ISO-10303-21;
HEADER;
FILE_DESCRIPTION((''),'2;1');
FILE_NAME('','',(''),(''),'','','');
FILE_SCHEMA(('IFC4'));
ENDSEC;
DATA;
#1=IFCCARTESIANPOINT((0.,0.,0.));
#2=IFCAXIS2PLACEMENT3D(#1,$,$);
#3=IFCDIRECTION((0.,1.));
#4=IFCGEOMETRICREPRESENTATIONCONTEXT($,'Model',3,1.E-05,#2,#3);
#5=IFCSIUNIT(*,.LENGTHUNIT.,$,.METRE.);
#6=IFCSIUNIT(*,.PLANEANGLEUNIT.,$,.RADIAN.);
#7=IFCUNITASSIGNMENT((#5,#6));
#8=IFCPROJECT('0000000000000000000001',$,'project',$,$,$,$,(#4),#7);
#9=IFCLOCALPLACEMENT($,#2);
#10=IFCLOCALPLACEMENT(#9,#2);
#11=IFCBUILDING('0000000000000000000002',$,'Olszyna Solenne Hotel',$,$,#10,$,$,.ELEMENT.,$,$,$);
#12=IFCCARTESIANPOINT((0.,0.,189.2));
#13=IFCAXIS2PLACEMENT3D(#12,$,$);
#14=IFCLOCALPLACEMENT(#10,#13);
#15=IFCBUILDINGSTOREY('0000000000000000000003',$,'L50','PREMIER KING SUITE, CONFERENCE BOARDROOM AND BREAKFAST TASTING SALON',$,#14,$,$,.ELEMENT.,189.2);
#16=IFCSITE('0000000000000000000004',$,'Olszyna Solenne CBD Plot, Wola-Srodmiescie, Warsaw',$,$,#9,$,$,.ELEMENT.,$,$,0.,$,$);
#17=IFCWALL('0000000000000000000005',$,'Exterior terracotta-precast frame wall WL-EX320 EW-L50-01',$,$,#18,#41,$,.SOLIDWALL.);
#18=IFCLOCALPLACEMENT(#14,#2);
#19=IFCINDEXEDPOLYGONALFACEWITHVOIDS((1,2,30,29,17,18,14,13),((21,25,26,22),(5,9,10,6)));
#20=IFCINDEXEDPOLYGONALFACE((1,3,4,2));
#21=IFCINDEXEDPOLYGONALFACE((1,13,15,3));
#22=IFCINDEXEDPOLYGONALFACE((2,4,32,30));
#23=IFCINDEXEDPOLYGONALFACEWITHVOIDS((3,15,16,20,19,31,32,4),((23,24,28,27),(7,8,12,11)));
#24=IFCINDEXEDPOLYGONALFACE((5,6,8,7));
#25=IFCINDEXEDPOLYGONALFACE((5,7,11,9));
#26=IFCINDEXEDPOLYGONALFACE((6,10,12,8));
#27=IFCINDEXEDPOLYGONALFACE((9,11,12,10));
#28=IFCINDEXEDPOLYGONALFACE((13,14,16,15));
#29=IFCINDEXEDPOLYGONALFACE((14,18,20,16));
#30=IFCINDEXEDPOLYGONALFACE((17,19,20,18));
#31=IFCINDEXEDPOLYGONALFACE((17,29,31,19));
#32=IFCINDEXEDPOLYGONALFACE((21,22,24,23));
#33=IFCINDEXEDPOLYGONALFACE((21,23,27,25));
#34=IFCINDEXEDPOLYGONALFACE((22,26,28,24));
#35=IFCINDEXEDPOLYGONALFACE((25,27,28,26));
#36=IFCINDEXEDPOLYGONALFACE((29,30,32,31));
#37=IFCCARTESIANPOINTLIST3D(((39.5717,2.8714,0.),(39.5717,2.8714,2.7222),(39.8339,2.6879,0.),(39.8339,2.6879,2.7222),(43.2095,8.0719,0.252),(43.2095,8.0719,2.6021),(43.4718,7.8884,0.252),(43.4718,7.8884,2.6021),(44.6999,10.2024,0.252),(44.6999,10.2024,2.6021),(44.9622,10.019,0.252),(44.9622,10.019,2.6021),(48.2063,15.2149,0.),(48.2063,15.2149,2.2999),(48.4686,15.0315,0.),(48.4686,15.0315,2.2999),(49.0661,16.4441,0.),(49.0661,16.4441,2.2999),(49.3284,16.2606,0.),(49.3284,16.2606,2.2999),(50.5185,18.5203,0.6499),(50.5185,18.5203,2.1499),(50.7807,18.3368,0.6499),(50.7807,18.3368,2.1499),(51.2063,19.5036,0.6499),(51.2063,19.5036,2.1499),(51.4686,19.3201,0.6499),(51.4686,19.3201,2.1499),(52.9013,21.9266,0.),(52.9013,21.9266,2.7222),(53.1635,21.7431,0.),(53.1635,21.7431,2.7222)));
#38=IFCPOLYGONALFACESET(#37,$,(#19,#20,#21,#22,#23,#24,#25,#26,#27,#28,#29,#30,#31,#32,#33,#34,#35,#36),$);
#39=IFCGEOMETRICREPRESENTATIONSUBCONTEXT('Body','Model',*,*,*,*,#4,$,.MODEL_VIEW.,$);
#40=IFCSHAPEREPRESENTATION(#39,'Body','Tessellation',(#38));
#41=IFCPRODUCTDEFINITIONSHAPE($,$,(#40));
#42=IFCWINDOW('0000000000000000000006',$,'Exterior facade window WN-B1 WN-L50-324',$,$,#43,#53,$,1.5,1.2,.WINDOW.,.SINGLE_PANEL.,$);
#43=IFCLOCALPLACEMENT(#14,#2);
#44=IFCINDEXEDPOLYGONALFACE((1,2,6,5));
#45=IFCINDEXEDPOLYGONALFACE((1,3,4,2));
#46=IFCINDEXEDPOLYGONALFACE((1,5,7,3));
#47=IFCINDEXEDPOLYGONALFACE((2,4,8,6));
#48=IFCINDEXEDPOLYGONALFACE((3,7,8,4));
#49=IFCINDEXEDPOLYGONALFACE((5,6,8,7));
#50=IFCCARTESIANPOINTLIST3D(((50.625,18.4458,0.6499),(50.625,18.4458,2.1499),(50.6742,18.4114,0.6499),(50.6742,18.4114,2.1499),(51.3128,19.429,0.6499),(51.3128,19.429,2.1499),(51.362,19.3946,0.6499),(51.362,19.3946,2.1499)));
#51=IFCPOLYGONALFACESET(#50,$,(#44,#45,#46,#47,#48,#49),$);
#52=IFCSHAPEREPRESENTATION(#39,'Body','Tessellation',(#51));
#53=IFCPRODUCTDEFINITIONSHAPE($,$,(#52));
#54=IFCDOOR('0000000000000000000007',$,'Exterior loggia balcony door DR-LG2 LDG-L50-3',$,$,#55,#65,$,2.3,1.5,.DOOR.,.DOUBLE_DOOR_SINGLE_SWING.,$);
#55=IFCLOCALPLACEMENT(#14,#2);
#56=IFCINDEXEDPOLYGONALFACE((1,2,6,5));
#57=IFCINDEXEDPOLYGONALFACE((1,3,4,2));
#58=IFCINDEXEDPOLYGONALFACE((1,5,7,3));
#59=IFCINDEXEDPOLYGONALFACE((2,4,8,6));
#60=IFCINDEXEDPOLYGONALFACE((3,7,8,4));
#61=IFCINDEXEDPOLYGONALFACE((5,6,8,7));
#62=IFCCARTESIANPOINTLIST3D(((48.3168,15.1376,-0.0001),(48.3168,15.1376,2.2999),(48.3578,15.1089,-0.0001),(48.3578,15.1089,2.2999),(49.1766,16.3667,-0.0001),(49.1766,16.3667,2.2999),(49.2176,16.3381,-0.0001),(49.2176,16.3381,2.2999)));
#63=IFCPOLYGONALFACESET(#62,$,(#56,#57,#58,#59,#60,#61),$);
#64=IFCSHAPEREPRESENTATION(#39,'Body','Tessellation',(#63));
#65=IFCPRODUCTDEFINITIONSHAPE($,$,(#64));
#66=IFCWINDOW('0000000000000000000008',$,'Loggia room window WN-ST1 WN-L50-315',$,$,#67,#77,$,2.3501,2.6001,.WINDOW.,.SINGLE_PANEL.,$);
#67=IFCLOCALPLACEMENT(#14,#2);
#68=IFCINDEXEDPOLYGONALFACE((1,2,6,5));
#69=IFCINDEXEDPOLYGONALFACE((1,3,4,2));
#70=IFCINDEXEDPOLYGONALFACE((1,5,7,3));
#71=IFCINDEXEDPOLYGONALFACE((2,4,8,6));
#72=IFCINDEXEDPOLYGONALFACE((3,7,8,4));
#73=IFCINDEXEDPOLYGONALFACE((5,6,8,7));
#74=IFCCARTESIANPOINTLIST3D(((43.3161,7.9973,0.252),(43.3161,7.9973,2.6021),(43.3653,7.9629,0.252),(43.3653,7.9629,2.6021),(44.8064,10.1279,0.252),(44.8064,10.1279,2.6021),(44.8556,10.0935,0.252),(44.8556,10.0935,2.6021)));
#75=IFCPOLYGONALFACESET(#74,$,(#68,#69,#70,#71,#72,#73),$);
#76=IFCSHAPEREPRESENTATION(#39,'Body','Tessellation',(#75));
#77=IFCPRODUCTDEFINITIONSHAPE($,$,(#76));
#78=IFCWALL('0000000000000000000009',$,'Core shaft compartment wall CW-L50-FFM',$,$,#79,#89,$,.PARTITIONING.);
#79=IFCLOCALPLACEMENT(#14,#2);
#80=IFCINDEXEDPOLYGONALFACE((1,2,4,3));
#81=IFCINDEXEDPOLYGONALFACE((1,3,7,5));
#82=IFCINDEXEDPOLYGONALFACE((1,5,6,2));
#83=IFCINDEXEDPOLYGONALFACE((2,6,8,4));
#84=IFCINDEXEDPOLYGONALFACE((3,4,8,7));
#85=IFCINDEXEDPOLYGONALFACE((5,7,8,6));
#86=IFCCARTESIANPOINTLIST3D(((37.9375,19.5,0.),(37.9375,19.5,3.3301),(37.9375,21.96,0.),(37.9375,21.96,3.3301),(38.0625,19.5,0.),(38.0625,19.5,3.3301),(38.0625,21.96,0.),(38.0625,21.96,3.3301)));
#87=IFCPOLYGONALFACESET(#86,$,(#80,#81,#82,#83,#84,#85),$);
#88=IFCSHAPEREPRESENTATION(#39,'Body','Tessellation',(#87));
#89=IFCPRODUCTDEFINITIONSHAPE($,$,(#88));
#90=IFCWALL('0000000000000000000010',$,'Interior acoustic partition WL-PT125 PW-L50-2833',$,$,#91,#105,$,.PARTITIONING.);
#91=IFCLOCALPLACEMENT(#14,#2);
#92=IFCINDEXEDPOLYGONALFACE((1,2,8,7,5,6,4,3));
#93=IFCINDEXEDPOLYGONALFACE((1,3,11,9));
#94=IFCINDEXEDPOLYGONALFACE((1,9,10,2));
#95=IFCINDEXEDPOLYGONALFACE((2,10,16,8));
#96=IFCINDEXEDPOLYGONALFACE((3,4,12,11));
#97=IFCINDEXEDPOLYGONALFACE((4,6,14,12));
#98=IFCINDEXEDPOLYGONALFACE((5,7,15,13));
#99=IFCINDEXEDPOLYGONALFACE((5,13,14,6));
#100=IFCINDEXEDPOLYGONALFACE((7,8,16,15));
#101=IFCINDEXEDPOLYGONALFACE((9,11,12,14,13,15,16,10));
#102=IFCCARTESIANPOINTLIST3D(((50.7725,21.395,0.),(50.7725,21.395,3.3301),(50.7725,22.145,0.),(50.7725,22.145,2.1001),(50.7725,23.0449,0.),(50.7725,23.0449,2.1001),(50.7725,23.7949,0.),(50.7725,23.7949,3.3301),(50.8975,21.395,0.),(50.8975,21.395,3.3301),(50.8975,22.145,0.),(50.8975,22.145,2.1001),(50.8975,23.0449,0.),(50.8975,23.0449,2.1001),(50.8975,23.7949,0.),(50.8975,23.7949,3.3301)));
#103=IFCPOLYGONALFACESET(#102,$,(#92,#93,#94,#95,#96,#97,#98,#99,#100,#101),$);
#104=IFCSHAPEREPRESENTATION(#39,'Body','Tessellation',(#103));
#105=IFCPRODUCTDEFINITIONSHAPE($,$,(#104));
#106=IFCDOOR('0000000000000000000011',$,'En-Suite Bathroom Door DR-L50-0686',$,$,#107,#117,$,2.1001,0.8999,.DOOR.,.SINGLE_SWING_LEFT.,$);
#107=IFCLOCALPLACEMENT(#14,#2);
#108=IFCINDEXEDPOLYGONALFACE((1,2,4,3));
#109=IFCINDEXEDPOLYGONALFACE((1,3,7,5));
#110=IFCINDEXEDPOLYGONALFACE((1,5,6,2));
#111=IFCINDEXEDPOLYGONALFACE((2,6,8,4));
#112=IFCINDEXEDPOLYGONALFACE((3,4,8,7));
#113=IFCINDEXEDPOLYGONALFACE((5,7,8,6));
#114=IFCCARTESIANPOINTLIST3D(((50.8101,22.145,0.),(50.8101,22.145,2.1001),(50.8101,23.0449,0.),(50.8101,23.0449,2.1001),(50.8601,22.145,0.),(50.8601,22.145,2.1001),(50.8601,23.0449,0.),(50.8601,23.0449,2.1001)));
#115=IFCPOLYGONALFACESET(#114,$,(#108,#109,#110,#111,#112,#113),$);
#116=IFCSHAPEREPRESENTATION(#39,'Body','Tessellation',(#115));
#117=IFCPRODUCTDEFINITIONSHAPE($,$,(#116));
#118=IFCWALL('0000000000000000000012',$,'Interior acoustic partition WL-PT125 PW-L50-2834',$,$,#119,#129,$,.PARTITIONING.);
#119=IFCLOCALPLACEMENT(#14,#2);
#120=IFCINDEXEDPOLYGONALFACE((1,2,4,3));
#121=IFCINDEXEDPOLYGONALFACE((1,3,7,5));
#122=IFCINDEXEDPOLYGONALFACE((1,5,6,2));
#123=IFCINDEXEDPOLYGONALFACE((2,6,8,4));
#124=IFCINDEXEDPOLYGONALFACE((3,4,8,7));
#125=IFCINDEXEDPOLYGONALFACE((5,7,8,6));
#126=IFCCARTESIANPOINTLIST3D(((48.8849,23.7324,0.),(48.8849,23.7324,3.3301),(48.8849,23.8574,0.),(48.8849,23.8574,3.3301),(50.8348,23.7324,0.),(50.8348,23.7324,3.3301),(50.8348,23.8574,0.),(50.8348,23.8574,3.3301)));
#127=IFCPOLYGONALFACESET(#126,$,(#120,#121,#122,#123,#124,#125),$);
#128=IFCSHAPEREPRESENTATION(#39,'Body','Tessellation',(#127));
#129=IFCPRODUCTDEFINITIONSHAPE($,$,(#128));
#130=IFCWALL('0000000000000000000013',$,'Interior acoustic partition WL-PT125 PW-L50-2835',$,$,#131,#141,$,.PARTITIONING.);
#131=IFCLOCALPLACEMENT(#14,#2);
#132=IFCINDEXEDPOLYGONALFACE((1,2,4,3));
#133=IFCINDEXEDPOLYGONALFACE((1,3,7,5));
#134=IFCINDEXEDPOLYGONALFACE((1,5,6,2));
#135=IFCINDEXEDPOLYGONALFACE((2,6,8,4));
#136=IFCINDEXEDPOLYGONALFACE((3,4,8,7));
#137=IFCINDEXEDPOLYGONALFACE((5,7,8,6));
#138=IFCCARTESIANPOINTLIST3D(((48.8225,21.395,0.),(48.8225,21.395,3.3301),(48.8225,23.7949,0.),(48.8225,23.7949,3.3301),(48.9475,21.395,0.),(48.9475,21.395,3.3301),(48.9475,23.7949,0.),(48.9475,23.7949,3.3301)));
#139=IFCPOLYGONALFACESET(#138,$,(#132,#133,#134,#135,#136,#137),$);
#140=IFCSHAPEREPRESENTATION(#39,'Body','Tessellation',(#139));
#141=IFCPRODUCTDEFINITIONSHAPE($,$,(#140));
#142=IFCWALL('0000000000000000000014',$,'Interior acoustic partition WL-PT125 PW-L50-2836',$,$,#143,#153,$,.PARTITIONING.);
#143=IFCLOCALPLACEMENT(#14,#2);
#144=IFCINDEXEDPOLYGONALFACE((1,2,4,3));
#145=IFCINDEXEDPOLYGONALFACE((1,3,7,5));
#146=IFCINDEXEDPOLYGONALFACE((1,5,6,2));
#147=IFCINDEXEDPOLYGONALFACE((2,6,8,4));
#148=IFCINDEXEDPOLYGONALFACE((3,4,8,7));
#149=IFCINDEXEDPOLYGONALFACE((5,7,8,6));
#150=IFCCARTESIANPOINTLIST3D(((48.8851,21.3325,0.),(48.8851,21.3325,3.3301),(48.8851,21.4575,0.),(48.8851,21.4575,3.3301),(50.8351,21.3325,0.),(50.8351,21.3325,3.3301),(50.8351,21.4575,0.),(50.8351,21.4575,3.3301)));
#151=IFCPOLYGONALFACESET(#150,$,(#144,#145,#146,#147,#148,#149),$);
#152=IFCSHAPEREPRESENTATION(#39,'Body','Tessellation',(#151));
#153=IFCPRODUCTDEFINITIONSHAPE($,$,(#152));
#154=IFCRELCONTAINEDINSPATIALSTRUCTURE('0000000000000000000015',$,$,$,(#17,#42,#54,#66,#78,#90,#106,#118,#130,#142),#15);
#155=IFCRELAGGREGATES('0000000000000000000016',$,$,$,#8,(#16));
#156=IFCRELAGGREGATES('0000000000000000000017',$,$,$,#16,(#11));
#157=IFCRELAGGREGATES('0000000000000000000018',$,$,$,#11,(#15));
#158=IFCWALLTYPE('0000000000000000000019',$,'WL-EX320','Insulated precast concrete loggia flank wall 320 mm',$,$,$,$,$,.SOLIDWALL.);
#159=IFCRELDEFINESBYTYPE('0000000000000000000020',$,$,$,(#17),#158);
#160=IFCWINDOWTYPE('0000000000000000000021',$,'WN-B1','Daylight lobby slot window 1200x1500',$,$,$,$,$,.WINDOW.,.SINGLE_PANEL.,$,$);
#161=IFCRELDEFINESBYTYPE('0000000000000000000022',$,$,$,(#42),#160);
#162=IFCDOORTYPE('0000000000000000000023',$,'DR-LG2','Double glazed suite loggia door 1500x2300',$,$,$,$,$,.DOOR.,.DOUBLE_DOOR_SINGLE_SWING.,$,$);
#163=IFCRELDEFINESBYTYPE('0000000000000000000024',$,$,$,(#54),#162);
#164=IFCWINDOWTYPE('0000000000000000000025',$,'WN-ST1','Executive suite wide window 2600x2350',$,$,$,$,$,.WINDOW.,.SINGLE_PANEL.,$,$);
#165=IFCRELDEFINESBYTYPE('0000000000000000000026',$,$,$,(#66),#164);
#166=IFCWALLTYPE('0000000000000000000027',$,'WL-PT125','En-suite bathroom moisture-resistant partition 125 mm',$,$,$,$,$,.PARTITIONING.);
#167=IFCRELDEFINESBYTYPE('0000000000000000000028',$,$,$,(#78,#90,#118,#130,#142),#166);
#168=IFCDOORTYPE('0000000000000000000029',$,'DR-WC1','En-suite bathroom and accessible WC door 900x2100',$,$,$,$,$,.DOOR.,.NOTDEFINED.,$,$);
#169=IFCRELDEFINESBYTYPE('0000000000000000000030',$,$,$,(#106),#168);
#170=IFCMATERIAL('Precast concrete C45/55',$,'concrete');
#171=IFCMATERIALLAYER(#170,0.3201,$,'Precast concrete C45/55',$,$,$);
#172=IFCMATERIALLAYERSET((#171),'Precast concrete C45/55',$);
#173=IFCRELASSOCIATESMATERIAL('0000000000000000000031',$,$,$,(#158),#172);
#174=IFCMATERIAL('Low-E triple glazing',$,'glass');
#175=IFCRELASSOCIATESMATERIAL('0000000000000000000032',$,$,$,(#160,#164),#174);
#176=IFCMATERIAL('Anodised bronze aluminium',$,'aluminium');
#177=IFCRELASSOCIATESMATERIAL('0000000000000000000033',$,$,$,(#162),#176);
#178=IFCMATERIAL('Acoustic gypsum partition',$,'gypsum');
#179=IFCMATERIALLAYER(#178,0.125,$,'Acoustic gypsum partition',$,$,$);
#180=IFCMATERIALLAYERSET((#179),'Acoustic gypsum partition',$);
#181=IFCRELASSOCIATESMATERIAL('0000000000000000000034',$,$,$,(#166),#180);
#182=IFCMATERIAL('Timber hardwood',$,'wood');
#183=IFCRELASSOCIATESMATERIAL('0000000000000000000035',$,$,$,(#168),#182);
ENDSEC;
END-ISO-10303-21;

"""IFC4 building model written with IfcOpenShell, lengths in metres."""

from ifc_helpers import new_model, si_unit, direction, frame, frame_2d, origin, place, context, subcontext, project, spatial, rectangle, extrude, source, transform, mapped, material, layer, layer_set, type_object, type_shapes, element, fill, save


model = new_model("IFC4")

# Units and contexts
model_context = context("Model", 3, precision=1e-05, world=origin(), true_north=direction((0.0, 1.0)))
body_context = subcontext(model_context, "Body", "Model", "MODEL_VIEW")
ifc_project = project(units=[si_unit("LENGTHUNIT", "METRE"), si_unit("PLANEANGLEUNIT", "RADIAN")], contexts=[model_context])

# Site, building, storey
site_placement = place(None, origin())
site = spatial("IfcSite", under=ifc_project, at=site_placement, Name="Olszyna Solenne CBD Plot, Wola-Srodmiescie, Warsaw", CompositionType="ELEMENT", RefElevation=0.0)
building_placement = place(site_placement, origin())
building = spatial("IfcBuilding", under=site, at=building_placement, Name="Olszyna Solenne Hotel", CompositionType="ELEMENT")
storey_placement = place(building_placement, frame((0.0, 0.0, 189.2)))
storey = spatial("IfcBuildingStorey", under=building, at=storey_placement, Name="L50", Description="PREMIER KING SUITE, CONFERENCE BOARDROOM AND BREAKFAST TASTING SALON", CompositionType="ELEMENT", Elevation=189.2)

# Wall, openings, windows, door
ifc_material_1 = material(Name="Precast concrete C45/55", Category="concrete")
ifc_layer_1 = layer(ifc_material_1, 0.3201, Name="Precast concrete C45/55")
ifc_layer_set_1 = layer_set([ifc_layer_1], Name="Precast concrete C45/55")
wall_type_1 = type_object("IfcWallType", Name="WL-EX320", Description="Insulated precast concrete loggia flank wall 320 mm", PredefinedType="SOLIDWALL", material=ifc_layer_set_1)
wall_1_placement = place(storey_placement, frame((53.0325, 21.835, 0.0), z_axis=(0.0, 0.0, 1.0), x_axis=(-0.573202, -0.819414, 0.0)))
wall_1 = element("IfcWall", 1, at=wall_1_placement, inside=storey, type_object=wall_type_1, Name="Exterior terracotta-precast frame wall WL-EX320 EW-L50-01", PredefinedType="SOLIDWALL", context=body_context, shape_type="SweptSolid", body=[
    extrude(rectangle(XDim=23.2546, YDim=0.3201, at=frame_2d((11.6274, 0.0))), origin(), (0.0, 0.0, 1.0), 2.7222),
])
opening_1_placement = place(wall_1_placement, frame((6.6909, 0.0, 0.0)))
opening_1 = element("IfcOpeningElement", 2, at=opening_1_placement, cuts=wall_1, PredefinedType="OPENING", context=body_context, shape_type="SweptSolid", body=[
    extrude(rectangle(XDim=1.5, YDim=2.3, at=frame_2d((0.75, 1.1499))), frame((0.0, 0.1699, 0.0), z_axis=(0.0, -1.0, 0.0), x_axis=(1.0, 0.0, 0.0)), (0.0, 0.0, 1.0), 0.3401),
])
opening_2_placement = place(wall_1_placement, frame((14.3081, 0.0, 0.252)))
opening_2 = element("IfcOpeningElement", 3, at=opening_2_placement, cuts=wall_1, PredefinedType="OPENING", context=body_context, shape_type="SweptSolid", body=[
    extrude(rectangle(XDim=2.6001, YDim=2.3501, at=frame_2d((1.3, 1.175))), frame((0.0, 0.1699, 0.0), z_axis=(0.0, -1.0, 0.0), x_axis=(1.0, 0.0, 0.0)), (0.0, 0.0, 1.0), 0.3401),
])
opening_3_placement = place(wall_1_placement, frame((2.957, 0.0, 0.6499)))
opening_3 = element("IfcOpeningElement", 4, at=opening_3_placement, cuts=wall_1, PredefinedType="OPENING", context=body_context, shape_type="SweptSolid", body=[
    extrude(rectangle(XDim=1.2, YDim=1.5, at=frame_2d((0.6001, 0.75))), frame((0.0, 0.1699, 0.0), z_axis=(0.0, -1.0, 0.0), x_axis=(1.0, 0.0, 0.0)), (0.0, 0.0, 1.0), 0.3401),
])
ifc_material_2 = material(Name="Low-E triple glazing", Category="glass")
window_type_1 = type_object("IfcWindowType", Name="WN-B1", Description="Daylight lobby slot window 1200x1500", PartitioningType="SINGLE_PANEL", PredefinedType="WINDOW", material=ifc_material_2)
shared_shape_1 = source(origin(), body_context, "Body", "SweptSolid", [
    extrude(rectangle(XDim=1.2, YDim=1.5, at=frame_2d((0.6001, 0.75))), frame((0.0, 0.03, 0.0), z_axis=(0.0, -1.0, 0.0), x_axis=(1.0, 0.0, 0.0)), (0.0, 0.0, 1.0), 0.0601),
])
type_shapes(window_type_1, [shared_shape_1])
window_1_placement = place(opening_3_placement, origin())
window_1 = element("IfcWindow", 5, at=window_1_placement, inside=storey, type_object=window_type_1, Name="Exterior facade window WN-B1 WN-L50-324", OverallHeight=1.5, OverallWidth=1.2, PartitioningType="SINGLE_PANEL", PredefinedType="WINDOW", context=body_context, shape_type="MappedRepresentation", body=[
    mapped(shared_shape_1, transform((0.0, 0.0, 0.0), x_axis=(1.0, 0.0, 0.0), y_axis=(0.0, 1.0, 0.0), z_axis=(0.0, 0.0, 1.0), scale=1.0)),
])
fill(opening_3, window_1)
ifc_material_3 = material(Name="Anodised bronze aluminium", Category="aluminium")
door_type_1 = type_object("IfcDoorType", Name="DR-LG2", Description="Double glazed suite loggia door 1500x2300", OperationType="DOUBLE_DOOR_SINGLE_SWING", PredefinedType="DOOR", material=ifc_material_3)
shared_shape_2 = source(origin(), body_context, "Body", "SweptSolid", [
    extrude(rectangle(XDim=1.5, YDim=2.3, at=frame_2d((0.75, 1.1499))), frame((0.0, 0.0249, 0.0), z_axis=(0.0, -1.0, 0.0), x_axis=(1.0, 0.0, 0.0)), (0.0, 0.0, 1.0), 0.05),
])
type_shapes(door_type_1, [shared_shape_2])
door_1_placement = place(opening_1_placement, origin())
door_1 = element("IfcDoor", 6, at=door_1_placement, inside=storey, type_object=door_type_1, Name="Exterior loggia balcony door DR-LG2 LDG-L50-3", OperationType="DOUBLE_DOOR_SINGLE_SWING", OverallHeight=2.3, OverallWidth=1.5, PredefinedType="DOOR", context=body_context, shape_type="MappedRepresentation", body=[
    mapped(shared_shape_2, transform((0.0, 0.0, 0.0), x_axis=(1.0, 0.0, 0.0), y_axis=(0.0, 1.0, 0.0), z_axis=(0.0, 0.0, 1.0), scale=1.0)),
])
fill(opening_1, door_1)
window_type_2 = type_object("IfcWindowType", Name="WN-ST1", Description="Executive suite wide window 2600x2350", PartitioningType="SINGLE_PANEL", PredefinedType="WINDOW", material=ifc_material_2)
shared_shape_3 = source(origin(), body_context, "Body", "SweptSolid", [
    extrude(rectangle(XDim=2.6001, YDim=2.3501, at=frame_2d((1.3, 1.175))), frame((0.0, 0.03, 0.0), z_axis=(0.0, -1.0, 0.0), x_axis=(1.0, 0.0, 0.0)), (0.0, 0.0, 1.0), 0.0601),
])
type_shapes(window_type_2, [shared_shape_3])
window_2_placement = place(opening_2_placement, origin())
window_2 = element("IfcWindow", 7, at=window_2_placement, inside=storey, type_object=window_type_2, Name="Loggia room window WN-ST1 WN-L50-315", OverallHeight=2.3501, OverallWidth=2.6001, PartitioningType="SINGLE_PANEL", PredefinedType="WINDOW", context=body_context, shape_type="MappedRepresentation", body=[
    mapped(shared_shape_3, transform((0.0, 0.0, 0.0), x_axis=(1.0, 0.0, 0.0), y_axis=(0.0, 1.0, 0.0), z_axis=(0.0, 0.0, 1.0), scale=1.0)),
])
fill(opening_2, window_2)

# Wall
ifc_material_4 = material(Name="Acoustic gypsum partition", Category="gypsum")
ifc_layer_2 = layer(ifc_material_4, 0.125, Name="Acoustic gypsum partition")
ifc_layer_set_2 = layer_set([ifc_layer_2], Name="Acoustic gypsum partition")
wall_type_2 = type_object("IfcWallType", Name="WL-PT125", Description="En-suite bathroom moisture-resistant partition 125 mm", PredefinedType="PARTITIONING", material=ifc_layer_set_2)
wall_2_placement = place(storey_placement, frame((38.0, 19.5, 0.0), z_axis=(0.0, 0.0, 1.0), x_axis=(0.0, 1.0, 0.0)))
element("IfcWall", 8, at=wall_2_placement, inside=storey, type_object=wall_type_2, Name="Core shaft compartment wall CW-L50-FFM", PredefinedType="PARTITIONING", context=body_context, shape_type="SweptSolid", body=[
    extrude(rectangle(XDim=2.46, YDim=0.125, at=frame_2d((1.23, 0.0))), origin(), (0.0, 0.0, 1.0), 3.3301),
])

# Wall, opening, door
wall_3_placement = place(storey_placement, frame((50.835, 21.395, 0.0), z_axis=(0.0, 0.0, 1.0), x_axis=(0.0, 1.0, 0.0)))
wall_3 = element("IfcWall", 9, at=wall_3_placement, inside=storey, type_object=wall_type_2, Name="Interior acoustic partition WL-PT125 PW-L50-2833", PredefinedType="PARTITIONING", context=body_context, shape_type="SweptSolid", body=[
    extrude(rectangle(XDim=2.3999, YDim=0.125, at=frame_2d((1.2, 0.0))), origin(), (0.0, 0.0, 1.0), 3.3301),
])
opening_4_placement = place(wall_3_placement, frame((0.75, 0.0, 0.0)))
opening_4 = element("IfcOpeningElement", 10, at=opening_4_placement, cuts=wall_3, PredefinedType="OPENING", context=body_context, shape_type="SweptSolid", body=[
    extrude(rectangle(XDim=0.8999, YDim=2.1001, at=frame_2d((0.45, 1.05))), frame((0.0, 0.0725, 0.0), z_axis=(0.0, -1.0, 0.0), x_axis=(1.0, 0.0, 0.0)), (0.0, 0.0, 1.0), 0.145),
])
ifc_material_5 = material(Name="Timber hardwood", Category="wood")
door_type_2 = type_object("IfcDoorType", Name="DR-WC1", Description="En-suite bathroom and accessible WC door 900x2100", OperationType="NOTDEFINED", PredefinedType="DOOR", material=ifc_material_5)
shared_shape_4 = source(origin(), body_context, "Body", "SweptSolid", [
    extrude(rectangle(XDim=0.8999, YDim=2.1001, at=frame_2d((0.45, 1.05))), frame((0.0, 0.0249, 0.0), z_axis=(0.0, -1.0, 0.0), x_axis=(1.0, 0.0, 0.0)), (0.0, 0.0, 1.0), 0.05),
])
type_shapes(door_type_2, [shared_shape_4])
door_2_placement = place(opening_4_placement, origin())
door_2 = element("IfcDoor", 11, at=door_2_placement, inside=storey, type_object=door_type_2, Name="En-Suite Bathroom Door DR-L50-0686", OperationType="SINGLE_SWING_LEFT", OverallHeight=2.1001, OverallWidth=0.8999, PredefinedType="DOOR", context=body_context, shape_type="MappedRepresentation", body=[
    mapped(shared_shape_4, transform((0.0, 0.0, 0.0), x_axis=(1.0, 0.0, 0.0), y_axis=(0.0, 1.0, 0.0), z_axis=(0.0, 0.0, 1.0), scale=1.0)),
])
fill(opening_4, door_2)

# Walls
wall_4_placement = place(storey_placement, frame((50.835, 23.7949, 0.0), z_axis=(0.0, 0.0, 1.0), x_axis=(-1.0, 0.0, 0.0)))
element("IfcWall", 12, at=wall_4_placement, inside=storey, type_object=wall_type_2, Name="Interior acoustic partition WL-PT125 PW-L50-2834", PredefinedType="PARTITIONING", context=body_context, shape_type="SweptSolid", body=[
    extrude(rectangle(XDim=1.95, YDim=0.125, at=frame_2d((0.9751, 0.0))), origin(), (0.0, 0.0, 1.0), 3.3301),
])
wall_5_placement = place(storey_placement, frame((48.885, 23.7949, 0.0), z_axis=(0.0, 0.0, 1.0), x_axis=(0.0, -1.0, 0.0)))
element("IfcWall", 13, at=wall_5_placement, inside=storey, type_object=wall_type_2, Name="Interior acoustic partition WL-PT125 PW-L50-2835", PredefinedType="PARTITIONING", context=body_context, shape_type="SweptSolid", body=[
    extrude(rectangle(XDim=2.3999, YDim=0.125, at=frame_2d((1.2, 0.0))), origin(), (0.0, 0.0, 1.0), 3.3301),
])
wall_6_placement = place(storey_placement, frame((48.885, 21.395, 0.0), z_axis=(0.0, 0.0, 1.0), x_axis=(1.0, 0.0, 0.0)))
element("IfcWall", 14, at=wall_6_placement, inside=storey, type_object=wall_type_2, Name="Interior acoustic partition WL-PT125 PW-L50-2836", PredefinedType="PARTITIONING", context=body_context, shape_type="SweptSolid", body=[
    extrude(rectangle(XDim=1.95, YDim=0.125, at=frame_2d((0.9751, 0.0))), origin(), (0.0, 0.0, 1.0), 3.3301),
])

save(model, "model.ifc")
